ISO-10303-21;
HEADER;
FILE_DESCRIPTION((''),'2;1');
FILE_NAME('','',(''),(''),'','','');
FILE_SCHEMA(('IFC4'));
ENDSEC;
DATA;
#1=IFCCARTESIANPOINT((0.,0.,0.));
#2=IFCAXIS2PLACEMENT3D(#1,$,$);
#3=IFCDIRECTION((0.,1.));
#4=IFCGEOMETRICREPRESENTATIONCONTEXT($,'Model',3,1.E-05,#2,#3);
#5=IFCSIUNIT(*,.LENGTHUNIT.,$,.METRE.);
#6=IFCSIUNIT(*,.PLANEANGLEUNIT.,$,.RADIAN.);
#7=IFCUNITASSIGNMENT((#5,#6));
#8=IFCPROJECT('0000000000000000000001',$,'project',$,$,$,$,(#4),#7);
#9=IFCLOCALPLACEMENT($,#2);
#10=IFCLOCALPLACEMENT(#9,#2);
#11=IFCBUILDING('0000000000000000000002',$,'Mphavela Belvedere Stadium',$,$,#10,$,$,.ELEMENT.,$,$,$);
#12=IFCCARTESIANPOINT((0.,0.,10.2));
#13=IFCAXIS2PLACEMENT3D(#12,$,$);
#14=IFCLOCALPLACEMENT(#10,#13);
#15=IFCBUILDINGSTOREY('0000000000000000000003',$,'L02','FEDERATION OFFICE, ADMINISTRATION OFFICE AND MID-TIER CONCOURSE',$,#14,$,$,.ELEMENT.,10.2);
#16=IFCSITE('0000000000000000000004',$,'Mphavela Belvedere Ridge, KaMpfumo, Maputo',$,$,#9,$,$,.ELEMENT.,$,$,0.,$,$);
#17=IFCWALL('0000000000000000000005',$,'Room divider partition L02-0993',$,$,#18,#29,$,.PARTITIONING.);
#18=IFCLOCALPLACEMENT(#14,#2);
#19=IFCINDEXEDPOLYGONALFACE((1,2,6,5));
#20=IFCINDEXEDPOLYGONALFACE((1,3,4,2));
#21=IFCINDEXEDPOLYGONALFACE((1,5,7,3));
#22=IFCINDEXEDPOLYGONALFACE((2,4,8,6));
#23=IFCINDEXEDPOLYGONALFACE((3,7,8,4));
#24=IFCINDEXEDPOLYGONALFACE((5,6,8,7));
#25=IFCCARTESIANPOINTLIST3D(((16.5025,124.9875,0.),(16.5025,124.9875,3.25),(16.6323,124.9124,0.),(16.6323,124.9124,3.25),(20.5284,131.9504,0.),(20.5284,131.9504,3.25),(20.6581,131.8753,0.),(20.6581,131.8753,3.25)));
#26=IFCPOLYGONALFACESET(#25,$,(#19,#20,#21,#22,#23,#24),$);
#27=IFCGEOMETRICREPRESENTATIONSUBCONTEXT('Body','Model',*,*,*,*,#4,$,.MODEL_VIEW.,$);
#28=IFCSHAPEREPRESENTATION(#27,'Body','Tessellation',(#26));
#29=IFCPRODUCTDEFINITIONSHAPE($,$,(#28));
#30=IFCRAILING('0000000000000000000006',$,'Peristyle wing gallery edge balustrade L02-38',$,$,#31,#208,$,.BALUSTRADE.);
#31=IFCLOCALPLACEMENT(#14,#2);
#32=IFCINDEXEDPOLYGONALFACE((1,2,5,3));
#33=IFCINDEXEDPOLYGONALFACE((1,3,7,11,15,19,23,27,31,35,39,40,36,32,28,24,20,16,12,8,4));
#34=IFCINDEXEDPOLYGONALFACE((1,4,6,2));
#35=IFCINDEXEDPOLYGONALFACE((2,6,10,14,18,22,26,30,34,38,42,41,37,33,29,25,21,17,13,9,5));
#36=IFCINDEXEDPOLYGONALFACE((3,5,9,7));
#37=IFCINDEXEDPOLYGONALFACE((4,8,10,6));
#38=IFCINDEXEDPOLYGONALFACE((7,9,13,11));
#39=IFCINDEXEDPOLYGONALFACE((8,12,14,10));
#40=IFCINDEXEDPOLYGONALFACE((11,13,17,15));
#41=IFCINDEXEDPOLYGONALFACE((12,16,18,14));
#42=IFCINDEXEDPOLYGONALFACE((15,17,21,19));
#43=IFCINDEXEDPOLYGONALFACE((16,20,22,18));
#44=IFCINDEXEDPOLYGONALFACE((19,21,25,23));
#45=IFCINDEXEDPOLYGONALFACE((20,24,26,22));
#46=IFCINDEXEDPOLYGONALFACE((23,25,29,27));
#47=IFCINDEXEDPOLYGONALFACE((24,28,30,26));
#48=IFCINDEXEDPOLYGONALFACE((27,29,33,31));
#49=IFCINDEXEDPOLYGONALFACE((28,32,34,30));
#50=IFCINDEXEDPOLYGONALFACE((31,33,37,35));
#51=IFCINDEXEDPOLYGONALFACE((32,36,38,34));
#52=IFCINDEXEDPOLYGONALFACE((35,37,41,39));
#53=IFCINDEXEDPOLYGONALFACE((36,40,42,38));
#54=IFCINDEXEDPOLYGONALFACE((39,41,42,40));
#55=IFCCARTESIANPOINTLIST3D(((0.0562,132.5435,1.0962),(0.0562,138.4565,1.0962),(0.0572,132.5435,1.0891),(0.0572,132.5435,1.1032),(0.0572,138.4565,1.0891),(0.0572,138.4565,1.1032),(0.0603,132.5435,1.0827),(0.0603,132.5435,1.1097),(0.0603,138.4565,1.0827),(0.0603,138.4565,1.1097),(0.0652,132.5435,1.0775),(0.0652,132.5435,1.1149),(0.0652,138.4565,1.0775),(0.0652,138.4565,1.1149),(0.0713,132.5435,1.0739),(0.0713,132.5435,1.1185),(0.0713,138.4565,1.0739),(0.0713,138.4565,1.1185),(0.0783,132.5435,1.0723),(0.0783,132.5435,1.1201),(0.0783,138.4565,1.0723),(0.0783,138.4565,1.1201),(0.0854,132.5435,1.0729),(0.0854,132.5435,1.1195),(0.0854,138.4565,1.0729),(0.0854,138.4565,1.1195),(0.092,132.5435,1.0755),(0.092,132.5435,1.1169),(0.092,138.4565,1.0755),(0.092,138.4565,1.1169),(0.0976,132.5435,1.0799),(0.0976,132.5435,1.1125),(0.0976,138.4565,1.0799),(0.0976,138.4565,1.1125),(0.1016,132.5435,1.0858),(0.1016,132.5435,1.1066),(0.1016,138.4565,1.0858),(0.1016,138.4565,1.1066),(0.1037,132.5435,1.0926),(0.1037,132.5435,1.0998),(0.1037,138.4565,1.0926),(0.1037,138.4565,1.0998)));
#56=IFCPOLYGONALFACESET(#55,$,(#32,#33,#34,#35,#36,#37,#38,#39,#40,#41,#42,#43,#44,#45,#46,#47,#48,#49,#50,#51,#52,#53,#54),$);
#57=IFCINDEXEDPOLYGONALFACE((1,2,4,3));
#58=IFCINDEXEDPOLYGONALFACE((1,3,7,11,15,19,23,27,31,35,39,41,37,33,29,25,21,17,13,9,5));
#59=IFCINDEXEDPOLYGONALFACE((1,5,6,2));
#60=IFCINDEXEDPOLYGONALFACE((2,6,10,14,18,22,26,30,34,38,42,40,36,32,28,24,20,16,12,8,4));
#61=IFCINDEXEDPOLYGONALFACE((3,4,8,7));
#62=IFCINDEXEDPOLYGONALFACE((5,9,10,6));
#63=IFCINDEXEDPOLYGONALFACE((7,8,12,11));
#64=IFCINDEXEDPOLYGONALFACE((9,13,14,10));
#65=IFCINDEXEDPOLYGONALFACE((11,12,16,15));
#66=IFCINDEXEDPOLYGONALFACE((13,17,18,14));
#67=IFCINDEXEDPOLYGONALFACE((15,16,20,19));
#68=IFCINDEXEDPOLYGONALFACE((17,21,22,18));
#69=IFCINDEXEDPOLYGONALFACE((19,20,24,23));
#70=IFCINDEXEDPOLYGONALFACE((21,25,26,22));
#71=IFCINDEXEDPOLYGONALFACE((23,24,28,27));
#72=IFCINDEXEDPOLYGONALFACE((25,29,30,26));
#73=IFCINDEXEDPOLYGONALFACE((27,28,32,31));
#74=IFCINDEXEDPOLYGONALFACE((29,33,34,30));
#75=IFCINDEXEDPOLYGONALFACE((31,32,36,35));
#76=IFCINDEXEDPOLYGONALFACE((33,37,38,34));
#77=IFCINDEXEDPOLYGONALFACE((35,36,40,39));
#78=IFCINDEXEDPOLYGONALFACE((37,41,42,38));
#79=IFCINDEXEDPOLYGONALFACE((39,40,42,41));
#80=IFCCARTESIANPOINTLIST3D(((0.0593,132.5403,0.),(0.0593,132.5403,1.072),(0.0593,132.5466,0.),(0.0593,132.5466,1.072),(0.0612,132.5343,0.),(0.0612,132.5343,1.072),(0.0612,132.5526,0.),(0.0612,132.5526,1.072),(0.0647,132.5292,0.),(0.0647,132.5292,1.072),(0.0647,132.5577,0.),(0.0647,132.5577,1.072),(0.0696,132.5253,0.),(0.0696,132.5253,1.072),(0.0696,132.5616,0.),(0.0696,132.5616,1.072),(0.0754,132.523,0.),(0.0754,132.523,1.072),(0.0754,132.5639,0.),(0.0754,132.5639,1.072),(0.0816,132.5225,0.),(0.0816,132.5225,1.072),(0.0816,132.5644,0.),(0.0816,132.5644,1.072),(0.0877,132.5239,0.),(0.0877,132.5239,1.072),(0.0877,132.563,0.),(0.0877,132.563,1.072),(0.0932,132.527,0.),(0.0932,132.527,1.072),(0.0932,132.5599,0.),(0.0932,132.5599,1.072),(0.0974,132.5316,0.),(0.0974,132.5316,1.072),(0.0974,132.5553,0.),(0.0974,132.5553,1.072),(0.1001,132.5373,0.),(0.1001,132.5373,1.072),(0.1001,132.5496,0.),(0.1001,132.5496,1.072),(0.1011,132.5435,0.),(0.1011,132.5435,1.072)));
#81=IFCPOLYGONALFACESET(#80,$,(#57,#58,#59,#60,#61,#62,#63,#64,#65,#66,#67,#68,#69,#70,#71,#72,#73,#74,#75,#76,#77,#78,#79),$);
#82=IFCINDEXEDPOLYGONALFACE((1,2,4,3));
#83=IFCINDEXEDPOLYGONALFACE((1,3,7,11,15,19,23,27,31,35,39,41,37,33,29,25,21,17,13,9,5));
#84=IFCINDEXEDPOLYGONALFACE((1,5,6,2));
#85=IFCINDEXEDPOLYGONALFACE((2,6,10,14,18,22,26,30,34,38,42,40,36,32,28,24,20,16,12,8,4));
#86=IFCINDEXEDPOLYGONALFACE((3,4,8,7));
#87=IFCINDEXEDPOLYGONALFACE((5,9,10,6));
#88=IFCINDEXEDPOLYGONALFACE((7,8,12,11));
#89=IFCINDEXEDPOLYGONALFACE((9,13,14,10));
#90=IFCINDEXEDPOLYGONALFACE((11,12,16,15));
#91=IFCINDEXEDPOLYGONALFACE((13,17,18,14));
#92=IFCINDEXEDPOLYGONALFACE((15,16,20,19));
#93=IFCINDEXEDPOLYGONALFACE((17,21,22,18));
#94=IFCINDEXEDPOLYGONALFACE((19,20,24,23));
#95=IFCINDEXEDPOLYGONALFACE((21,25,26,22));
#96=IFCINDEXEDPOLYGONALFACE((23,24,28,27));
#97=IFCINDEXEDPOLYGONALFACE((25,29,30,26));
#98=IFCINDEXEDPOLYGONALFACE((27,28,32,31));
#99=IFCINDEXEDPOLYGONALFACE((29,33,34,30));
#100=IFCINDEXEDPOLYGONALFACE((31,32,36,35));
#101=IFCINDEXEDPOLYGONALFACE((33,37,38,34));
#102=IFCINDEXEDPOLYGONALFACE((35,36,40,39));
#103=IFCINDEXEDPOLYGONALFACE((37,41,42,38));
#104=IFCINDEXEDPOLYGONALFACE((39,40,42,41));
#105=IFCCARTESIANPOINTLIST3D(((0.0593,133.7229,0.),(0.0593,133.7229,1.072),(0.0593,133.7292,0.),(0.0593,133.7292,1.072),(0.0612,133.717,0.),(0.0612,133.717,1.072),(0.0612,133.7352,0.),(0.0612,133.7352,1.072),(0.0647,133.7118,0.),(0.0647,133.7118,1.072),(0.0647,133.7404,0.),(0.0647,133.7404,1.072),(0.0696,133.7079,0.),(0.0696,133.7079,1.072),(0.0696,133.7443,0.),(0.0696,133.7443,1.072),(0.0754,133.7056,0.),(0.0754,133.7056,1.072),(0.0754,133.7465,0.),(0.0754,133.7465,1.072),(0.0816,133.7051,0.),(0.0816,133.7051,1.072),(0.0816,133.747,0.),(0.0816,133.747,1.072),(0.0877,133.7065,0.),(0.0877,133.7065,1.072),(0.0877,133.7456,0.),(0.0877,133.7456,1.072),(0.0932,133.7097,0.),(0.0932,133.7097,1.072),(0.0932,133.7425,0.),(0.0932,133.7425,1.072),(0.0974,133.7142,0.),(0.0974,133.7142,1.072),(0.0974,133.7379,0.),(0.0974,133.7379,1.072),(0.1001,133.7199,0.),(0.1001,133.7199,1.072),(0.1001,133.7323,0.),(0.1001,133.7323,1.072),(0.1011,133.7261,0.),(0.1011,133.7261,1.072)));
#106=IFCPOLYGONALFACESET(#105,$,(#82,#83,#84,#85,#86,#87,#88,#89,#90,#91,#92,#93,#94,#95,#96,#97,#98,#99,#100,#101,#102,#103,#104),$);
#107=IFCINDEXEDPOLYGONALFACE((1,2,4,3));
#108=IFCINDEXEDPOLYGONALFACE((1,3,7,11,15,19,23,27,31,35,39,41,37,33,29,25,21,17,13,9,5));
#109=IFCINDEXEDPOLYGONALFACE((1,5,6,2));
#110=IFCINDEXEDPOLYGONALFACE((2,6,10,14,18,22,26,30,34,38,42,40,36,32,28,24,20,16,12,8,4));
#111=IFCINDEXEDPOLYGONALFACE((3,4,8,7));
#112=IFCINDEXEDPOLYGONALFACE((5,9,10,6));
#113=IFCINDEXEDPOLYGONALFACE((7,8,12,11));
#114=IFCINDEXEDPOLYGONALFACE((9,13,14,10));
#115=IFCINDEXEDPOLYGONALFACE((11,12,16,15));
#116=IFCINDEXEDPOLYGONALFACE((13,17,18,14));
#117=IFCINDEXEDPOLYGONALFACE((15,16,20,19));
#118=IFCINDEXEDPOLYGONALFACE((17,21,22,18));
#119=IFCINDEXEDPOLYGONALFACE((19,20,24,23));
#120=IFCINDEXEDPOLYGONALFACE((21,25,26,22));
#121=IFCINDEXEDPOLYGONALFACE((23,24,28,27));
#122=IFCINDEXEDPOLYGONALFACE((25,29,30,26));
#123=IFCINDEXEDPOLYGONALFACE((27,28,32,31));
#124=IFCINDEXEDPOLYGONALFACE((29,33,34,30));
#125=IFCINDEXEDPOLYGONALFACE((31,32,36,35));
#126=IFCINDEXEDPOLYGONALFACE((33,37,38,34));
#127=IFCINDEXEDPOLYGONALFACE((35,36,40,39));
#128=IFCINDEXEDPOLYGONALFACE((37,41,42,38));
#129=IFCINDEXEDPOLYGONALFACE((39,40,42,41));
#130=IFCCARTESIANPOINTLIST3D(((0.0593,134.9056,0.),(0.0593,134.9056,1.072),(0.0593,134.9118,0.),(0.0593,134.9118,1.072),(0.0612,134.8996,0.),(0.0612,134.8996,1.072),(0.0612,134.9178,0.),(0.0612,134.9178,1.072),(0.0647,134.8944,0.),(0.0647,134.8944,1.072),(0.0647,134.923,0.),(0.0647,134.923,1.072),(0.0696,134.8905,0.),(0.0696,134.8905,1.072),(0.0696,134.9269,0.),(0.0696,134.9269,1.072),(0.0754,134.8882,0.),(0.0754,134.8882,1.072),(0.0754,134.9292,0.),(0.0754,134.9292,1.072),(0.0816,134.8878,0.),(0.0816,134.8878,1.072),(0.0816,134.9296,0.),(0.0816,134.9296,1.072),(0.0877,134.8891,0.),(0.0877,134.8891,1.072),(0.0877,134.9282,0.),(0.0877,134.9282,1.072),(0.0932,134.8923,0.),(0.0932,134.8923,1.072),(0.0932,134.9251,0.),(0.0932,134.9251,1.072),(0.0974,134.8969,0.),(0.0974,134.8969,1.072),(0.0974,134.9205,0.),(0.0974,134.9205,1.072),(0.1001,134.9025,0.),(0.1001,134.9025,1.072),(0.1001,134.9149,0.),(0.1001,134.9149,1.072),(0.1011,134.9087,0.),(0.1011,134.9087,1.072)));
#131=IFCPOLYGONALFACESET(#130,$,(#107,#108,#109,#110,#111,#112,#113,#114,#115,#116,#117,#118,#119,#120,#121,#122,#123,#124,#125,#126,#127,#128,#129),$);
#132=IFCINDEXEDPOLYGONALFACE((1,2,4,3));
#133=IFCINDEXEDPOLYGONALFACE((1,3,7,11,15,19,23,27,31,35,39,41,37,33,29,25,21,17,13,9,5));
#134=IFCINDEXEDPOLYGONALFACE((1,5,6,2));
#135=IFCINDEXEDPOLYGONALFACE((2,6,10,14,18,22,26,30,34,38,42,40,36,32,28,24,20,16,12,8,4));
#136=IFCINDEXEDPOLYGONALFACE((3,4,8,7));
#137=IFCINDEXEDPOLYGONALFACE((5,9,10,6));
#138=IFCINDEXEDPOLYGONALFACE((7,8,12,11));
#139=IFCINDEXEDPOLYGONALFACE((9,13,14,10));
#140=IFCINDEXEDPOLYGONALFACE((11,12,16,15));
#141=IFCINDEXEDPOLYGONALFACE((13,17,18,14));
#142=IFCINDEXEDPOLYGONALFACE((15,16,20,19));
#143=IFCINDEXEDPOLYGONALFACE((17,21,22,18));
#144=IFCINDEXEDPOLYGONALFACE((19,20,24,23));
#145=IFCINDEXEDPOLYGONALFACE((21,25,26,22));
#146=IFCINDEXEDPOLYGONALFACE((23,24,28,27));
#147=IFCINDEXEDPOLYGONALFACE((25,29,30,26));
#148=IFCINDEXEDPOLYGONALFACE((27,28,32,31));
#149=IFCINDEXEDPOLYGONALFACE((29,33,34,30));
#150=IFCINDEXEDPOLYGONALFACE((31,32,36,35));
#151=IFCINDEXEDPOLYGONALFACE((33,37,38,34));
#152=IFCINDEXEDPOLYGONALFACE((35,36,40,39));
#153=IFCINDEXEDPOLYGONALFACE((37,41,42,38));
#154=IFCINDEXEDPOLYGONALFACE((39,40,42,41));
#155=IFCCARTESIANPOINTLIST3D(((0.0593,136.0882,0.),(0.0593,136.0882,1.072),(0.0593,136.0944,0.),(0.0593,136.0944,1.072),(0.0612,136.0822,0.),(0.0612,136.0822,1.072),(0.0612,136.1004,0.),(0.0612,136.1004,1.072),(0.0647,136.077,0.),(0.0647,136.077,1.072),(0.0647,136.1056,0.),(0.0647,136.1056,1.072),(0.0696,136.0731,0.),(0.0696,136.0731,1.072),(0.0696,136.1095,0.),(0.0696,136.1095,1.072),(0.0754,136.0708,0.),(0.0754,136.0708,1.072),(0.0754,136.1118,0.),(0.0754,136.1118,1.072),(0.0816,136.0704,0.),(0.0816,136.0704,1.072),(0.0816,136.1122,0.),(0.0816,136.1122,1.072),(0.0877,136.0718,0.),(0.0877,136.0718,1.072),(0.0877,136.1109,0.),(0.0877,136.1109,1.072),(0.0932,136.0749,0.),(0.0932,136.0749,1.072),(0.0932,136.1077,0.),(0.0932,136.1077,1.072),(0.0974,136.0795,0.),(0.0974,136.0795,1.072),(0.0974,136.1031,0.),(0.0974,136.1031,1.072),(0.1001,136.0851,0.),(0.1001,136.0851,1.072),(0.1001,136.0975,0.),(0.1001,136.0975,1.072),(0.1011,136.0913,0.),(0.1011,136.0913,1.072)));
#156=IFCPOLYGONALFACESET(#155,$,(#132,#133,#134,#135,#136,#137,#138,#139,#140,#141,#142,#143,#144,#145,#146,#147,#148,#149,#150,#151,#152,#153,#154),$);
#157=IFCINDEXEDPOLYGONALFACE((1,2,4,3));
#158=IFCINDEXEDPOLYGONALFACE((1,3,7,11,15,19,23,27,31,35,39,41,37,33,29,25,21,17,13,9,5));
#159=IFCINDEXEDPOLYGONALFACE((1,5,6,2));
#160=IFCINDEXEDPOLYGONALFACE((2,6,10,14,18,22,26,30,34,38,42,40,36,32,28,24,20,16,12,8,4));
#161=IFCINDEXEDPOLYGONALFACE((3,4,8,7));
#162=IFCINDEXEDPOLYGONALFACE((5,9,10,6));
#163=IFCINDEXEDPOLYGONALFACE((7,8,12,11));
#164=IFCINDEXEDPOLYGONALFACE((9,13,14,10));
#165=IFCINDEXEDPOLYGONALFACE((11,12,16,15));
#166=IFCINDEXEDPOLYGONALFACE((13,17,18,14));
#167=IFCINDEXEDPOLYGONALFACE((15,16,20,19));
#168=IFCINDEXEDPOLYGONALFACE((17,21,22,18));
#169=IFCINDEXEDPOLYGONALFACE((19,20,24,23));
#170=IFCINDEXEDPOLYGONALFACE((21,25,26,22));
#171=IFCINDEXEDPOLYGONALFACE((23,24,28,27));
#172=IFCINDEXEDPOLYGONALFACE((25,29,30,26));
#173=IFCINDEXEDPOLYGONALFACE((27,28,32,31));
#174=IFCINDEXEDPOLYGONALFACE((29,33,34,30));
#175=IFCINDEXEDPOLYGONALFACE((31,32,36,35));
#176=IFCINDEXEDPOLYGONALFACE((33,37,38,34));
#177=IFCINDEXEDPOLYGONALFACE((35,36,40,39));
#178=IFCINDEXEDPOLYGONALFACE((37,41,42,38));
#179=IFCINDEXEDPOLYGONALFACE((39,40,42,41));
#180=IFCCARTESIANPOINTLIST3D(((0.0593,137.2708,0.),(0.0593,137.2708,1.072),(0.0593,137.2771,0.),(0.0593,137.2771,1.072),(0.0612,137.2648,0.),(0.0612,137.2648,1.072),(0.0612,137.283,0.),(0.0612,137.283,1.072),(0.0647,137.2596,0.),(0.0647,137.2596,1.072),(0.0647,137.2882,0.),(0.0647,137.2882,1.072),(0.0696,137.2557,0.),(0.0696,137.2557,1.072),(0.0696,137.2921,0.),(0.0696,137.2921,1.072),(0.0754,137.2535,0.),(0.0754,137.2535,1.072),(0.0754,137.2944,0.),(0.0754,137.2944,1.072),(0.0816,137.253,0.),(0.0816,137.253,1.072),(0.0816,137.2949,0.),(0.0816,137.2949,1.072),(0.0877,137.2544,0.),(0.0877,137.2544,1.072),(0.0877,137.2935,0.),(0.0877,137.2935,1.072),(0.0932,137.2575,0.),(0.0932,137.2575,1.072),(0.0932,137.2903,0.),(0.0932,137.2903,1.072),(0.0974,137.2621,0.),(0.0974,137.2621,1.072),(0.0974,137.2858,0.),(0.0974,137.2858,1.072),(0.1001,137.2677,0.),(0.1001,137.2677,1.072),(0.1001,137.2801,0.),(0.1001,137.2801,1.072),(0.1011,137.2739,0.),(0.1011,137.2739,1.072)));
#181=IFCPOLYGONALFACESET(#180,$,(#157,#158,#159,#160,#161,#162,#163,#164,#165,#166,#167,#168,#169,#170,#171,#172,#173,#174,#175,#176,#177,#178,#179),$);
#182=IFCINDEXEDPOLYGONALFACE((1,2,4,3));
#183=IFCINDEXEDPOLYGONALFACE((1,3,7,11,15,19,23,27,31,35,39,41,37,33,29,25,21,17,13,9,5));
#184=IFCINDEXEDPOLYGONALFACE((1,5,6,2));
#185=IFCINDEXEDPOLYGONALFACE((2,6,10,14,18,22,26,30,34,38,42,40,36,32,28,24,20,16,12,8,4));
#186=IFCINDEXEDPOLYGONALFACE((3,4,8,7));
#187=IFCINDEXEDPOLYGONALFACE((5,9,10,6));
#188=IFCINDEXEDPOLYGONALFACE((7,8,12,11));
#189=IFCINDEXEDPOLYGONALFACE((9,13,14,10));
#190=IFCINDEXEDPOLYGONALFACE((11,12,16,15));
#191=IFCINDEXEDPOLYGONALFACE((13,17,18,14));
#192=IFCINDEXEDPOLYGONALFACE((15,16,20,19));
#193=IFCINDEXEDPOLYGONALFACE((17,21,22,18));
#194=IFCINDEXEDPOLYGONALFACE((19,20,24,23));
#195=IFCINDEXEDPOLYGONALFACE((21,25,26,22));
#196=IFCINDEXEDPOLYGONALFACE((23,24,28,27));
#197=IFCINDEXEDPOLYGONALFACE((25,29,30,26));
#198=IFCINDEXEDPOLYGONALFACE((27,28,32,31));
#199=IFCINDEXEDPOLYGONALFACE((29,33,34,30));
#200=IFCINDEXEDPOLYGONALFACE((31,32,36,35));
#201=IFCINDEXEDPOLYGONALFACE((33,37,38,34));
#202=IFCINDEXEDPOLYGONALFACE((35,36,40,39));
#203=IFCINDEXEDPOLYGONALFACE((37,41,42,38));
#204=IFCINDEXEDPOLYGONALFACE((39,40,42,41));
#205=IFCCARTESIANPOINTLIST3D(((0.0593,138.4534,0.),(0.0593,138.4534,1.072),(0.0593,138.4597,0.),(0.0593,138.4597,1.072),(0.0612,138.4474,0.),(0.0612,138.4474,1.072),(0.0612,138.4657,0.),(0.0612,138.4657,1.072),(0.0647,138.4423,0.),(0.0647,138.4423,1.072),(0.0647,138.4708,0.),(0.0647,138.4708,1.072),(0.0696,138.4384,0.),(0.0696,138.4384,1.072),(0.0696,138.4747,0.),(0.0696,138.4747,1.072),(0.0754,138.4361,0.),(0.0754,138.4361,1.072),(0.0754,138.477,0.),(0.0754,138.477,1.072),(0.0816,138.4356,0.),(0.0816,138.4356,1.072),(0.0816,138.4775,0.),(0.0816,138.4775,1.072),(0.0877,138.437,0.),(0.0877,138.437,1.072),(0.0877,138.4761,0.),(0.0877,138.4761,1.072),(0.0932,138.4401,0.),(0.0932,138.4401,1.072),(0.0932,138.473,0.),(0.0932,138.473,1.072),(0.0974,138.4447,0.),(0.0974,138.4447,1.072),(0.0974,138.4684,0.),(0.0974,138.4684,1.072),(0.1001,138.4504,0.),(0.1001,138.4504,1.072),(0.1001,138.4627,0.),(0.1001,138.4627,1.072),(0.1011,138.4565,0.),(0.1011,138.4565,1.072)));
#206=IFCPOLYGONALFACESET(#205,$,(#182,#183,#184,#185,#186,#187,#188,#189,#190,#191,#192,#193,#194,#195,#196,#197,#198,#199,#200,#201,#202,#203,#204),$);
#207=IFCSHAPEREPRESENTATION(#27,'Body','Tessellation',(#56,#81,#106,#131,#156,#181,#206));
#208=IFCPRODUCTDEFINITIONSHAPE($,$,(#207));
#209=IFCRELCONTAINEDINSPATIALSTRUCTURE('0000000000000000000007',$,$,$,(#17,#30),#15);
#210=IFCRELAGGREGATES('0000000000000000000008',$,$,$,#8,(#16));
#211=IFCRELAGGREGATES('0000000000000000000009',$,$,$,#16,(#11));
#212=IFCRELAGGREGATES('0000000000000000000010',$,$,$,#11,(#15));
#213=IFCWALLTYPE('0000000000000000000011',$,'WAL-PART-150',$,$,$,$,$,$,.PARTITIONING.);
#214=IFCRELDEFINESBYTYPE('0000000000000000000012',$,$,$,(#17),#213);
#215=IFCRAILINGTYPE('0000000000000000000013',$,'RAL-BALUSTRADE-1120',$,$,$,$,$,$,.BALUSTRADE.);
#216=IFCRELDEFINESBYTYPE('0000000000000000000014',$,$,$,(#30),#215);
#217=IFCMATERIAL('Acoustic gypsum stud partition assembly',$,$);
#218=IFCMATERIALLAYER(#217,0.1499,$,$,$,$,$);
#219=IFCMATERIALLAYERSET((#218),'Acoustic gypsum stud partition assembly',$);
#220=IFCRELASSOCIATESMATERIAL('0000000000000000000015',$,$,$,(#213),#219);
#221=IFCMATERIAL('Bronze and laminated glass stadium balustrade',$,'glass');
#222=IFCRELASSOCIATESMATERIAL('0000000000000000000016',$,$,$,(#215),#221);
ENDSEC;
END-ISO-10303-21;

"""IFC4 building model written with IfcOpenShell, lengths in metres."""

from ifc_helpers import new_model, si_unit, direction, frame, frame_2d, origin, origin_2d, place, context, subcontext, project, spatial, rectangle, circle, extrude, material, layer, layer_set, type_object, element, save


model = new_model("IFC4")

# Units and contexts
model_context = context("Model", 3, precision=1e-05, world=origin(), true_north=direction((0.0, 1.0)))
body_context = subcontext(model_context, "Body", "Model", "MODEL_VIEW")
ifc_project = project(units=[si_unit("LENGTHUNIT", "METRE"), si_unit("PLANEANGLEUNIT", "RADIAN")], contexts=[model_context])

# Site, building, storey
site_placement = place(None, origin())
site = spatial("IfcSite", under=ifc_project, at=site_placement, Name="Mphavela Belvedere Ridge, KaMpfumo, Maputo", CompositionType="ELEMENT", RefElevation=0.0)
building_placement = place(site_placement, origin())
building = spatial("IfcBuilding", under=site, at=building_placement, Name="Mphavela Belvedere Stadium", CompositionType="ELEMENT")
storey_placement = place(building_placement, frame((0.0, 0.0, 10.2)))
storey = spatial("IfcBuildingStorey", under=building, at=storey_placement, Name="L02", Description="FEDERATION OFFICE, ADMINISTRATION OFFICE AND MID-TIER CONCOURSE", CompositionType="ELEMENT", Elevation=10.2)

# Wall
ifc_material_1 = material(Name="Acoustic gypsum stud partition assembly")
ifc_layer_1 = layer(ifc_material_1, 0.1499)
ifc_layer_set_1 = layer_set([ifc_layer_1], Name="Acoustic gypsum stud partition assembly")
wall_type = type_object("IfcWallType", Name="WAL-PART-150", PredefinedType="PARTITIONING", material=ifc_layer_set_1)
wall_placement = place(storey_placement, frame((20.5933, 131.9128, 0.0), z_axis=(0.0, 0.0, 1.0), x_axis=(-0.500546, -0.86571, 0.0)))
element("IfcWall", 1, at=wall_placement, inside=storey, type_object=wall_type, Name="Room divider partition L02-0993", PredefinedType="PARTITIONING", context=body_context, shape_type="SweptSolid", body=[
    extrude(rectangle(XDim=8.043, YDim=0.1499, at=frame_2d((4.0215, 0.0))), origin(), (0.0, 0.0, 1.0), 3.25),
])

# Railing
ifc_material_2 = material(Name="Bronze and laminated glass stadium balustrade", Category="glass")
railing_type = type_object("IfcRailingType", Name="RAL-BALUSTRADE-1120", PredefinedType="BALUSTRADE", material=ifc_material_2)
for number, where, name in (
    (2, (0.0801, 132.5435, 0.0), "Peristyle wing gallery edge balustrade L02-38"),
):
    element("IfcRailing", number, at=place(storey_placement, frame(where)), inside=storey, type_object=railing_type, Name=name, PredefinedType="BALUSTRADE", context=body_context, shape_type="SweptSolid", body=[
        extrude(circle(Radius=0.0239, at=origin_2d()), frame((0.0, 0.0, 1.0962), z_axis=(0.0, 1.0, 0.0), x_axis=(-1.0, 0.0, 0.0)), (0.0, 0.0, 1.0), 5.9131),
        extrude(circle(Radius=0.021, at=origin_2d()), origin(), (0.0, 0.0, 1.0), 1.072),
        extrude(circle(Radius=0.021, at=origin_2d()), frame((0.0, 1.1826, 0.0)), (0.0, 0.0, 1.0), 1.072),
        extrude(circle(Radius=0.021, at=origin_2d()), frame((0.0, 2.3652, 0.0)), (0.0, 0.0, 1.0), 1.072),
        extrude(circle(Radius=0.021, at=origin_2d()), frame((0.0, 3.5479, 0.0)), (0.0, 0.0, 1.0), 1.072),
        extrude(circle(Radius=0.021, at=origin_2d()), frame((0.0, 4.7305, 0.0)), (0.0, 0.0, 1.0), 1.072),
        extrude(circle(Radius=0.021, at=origin_2d()), frame((0.0, 5.9131, 0.0)), (0.0, 0.0, 1.0), 1.072),
    ])

save(model, "model.ifc")
